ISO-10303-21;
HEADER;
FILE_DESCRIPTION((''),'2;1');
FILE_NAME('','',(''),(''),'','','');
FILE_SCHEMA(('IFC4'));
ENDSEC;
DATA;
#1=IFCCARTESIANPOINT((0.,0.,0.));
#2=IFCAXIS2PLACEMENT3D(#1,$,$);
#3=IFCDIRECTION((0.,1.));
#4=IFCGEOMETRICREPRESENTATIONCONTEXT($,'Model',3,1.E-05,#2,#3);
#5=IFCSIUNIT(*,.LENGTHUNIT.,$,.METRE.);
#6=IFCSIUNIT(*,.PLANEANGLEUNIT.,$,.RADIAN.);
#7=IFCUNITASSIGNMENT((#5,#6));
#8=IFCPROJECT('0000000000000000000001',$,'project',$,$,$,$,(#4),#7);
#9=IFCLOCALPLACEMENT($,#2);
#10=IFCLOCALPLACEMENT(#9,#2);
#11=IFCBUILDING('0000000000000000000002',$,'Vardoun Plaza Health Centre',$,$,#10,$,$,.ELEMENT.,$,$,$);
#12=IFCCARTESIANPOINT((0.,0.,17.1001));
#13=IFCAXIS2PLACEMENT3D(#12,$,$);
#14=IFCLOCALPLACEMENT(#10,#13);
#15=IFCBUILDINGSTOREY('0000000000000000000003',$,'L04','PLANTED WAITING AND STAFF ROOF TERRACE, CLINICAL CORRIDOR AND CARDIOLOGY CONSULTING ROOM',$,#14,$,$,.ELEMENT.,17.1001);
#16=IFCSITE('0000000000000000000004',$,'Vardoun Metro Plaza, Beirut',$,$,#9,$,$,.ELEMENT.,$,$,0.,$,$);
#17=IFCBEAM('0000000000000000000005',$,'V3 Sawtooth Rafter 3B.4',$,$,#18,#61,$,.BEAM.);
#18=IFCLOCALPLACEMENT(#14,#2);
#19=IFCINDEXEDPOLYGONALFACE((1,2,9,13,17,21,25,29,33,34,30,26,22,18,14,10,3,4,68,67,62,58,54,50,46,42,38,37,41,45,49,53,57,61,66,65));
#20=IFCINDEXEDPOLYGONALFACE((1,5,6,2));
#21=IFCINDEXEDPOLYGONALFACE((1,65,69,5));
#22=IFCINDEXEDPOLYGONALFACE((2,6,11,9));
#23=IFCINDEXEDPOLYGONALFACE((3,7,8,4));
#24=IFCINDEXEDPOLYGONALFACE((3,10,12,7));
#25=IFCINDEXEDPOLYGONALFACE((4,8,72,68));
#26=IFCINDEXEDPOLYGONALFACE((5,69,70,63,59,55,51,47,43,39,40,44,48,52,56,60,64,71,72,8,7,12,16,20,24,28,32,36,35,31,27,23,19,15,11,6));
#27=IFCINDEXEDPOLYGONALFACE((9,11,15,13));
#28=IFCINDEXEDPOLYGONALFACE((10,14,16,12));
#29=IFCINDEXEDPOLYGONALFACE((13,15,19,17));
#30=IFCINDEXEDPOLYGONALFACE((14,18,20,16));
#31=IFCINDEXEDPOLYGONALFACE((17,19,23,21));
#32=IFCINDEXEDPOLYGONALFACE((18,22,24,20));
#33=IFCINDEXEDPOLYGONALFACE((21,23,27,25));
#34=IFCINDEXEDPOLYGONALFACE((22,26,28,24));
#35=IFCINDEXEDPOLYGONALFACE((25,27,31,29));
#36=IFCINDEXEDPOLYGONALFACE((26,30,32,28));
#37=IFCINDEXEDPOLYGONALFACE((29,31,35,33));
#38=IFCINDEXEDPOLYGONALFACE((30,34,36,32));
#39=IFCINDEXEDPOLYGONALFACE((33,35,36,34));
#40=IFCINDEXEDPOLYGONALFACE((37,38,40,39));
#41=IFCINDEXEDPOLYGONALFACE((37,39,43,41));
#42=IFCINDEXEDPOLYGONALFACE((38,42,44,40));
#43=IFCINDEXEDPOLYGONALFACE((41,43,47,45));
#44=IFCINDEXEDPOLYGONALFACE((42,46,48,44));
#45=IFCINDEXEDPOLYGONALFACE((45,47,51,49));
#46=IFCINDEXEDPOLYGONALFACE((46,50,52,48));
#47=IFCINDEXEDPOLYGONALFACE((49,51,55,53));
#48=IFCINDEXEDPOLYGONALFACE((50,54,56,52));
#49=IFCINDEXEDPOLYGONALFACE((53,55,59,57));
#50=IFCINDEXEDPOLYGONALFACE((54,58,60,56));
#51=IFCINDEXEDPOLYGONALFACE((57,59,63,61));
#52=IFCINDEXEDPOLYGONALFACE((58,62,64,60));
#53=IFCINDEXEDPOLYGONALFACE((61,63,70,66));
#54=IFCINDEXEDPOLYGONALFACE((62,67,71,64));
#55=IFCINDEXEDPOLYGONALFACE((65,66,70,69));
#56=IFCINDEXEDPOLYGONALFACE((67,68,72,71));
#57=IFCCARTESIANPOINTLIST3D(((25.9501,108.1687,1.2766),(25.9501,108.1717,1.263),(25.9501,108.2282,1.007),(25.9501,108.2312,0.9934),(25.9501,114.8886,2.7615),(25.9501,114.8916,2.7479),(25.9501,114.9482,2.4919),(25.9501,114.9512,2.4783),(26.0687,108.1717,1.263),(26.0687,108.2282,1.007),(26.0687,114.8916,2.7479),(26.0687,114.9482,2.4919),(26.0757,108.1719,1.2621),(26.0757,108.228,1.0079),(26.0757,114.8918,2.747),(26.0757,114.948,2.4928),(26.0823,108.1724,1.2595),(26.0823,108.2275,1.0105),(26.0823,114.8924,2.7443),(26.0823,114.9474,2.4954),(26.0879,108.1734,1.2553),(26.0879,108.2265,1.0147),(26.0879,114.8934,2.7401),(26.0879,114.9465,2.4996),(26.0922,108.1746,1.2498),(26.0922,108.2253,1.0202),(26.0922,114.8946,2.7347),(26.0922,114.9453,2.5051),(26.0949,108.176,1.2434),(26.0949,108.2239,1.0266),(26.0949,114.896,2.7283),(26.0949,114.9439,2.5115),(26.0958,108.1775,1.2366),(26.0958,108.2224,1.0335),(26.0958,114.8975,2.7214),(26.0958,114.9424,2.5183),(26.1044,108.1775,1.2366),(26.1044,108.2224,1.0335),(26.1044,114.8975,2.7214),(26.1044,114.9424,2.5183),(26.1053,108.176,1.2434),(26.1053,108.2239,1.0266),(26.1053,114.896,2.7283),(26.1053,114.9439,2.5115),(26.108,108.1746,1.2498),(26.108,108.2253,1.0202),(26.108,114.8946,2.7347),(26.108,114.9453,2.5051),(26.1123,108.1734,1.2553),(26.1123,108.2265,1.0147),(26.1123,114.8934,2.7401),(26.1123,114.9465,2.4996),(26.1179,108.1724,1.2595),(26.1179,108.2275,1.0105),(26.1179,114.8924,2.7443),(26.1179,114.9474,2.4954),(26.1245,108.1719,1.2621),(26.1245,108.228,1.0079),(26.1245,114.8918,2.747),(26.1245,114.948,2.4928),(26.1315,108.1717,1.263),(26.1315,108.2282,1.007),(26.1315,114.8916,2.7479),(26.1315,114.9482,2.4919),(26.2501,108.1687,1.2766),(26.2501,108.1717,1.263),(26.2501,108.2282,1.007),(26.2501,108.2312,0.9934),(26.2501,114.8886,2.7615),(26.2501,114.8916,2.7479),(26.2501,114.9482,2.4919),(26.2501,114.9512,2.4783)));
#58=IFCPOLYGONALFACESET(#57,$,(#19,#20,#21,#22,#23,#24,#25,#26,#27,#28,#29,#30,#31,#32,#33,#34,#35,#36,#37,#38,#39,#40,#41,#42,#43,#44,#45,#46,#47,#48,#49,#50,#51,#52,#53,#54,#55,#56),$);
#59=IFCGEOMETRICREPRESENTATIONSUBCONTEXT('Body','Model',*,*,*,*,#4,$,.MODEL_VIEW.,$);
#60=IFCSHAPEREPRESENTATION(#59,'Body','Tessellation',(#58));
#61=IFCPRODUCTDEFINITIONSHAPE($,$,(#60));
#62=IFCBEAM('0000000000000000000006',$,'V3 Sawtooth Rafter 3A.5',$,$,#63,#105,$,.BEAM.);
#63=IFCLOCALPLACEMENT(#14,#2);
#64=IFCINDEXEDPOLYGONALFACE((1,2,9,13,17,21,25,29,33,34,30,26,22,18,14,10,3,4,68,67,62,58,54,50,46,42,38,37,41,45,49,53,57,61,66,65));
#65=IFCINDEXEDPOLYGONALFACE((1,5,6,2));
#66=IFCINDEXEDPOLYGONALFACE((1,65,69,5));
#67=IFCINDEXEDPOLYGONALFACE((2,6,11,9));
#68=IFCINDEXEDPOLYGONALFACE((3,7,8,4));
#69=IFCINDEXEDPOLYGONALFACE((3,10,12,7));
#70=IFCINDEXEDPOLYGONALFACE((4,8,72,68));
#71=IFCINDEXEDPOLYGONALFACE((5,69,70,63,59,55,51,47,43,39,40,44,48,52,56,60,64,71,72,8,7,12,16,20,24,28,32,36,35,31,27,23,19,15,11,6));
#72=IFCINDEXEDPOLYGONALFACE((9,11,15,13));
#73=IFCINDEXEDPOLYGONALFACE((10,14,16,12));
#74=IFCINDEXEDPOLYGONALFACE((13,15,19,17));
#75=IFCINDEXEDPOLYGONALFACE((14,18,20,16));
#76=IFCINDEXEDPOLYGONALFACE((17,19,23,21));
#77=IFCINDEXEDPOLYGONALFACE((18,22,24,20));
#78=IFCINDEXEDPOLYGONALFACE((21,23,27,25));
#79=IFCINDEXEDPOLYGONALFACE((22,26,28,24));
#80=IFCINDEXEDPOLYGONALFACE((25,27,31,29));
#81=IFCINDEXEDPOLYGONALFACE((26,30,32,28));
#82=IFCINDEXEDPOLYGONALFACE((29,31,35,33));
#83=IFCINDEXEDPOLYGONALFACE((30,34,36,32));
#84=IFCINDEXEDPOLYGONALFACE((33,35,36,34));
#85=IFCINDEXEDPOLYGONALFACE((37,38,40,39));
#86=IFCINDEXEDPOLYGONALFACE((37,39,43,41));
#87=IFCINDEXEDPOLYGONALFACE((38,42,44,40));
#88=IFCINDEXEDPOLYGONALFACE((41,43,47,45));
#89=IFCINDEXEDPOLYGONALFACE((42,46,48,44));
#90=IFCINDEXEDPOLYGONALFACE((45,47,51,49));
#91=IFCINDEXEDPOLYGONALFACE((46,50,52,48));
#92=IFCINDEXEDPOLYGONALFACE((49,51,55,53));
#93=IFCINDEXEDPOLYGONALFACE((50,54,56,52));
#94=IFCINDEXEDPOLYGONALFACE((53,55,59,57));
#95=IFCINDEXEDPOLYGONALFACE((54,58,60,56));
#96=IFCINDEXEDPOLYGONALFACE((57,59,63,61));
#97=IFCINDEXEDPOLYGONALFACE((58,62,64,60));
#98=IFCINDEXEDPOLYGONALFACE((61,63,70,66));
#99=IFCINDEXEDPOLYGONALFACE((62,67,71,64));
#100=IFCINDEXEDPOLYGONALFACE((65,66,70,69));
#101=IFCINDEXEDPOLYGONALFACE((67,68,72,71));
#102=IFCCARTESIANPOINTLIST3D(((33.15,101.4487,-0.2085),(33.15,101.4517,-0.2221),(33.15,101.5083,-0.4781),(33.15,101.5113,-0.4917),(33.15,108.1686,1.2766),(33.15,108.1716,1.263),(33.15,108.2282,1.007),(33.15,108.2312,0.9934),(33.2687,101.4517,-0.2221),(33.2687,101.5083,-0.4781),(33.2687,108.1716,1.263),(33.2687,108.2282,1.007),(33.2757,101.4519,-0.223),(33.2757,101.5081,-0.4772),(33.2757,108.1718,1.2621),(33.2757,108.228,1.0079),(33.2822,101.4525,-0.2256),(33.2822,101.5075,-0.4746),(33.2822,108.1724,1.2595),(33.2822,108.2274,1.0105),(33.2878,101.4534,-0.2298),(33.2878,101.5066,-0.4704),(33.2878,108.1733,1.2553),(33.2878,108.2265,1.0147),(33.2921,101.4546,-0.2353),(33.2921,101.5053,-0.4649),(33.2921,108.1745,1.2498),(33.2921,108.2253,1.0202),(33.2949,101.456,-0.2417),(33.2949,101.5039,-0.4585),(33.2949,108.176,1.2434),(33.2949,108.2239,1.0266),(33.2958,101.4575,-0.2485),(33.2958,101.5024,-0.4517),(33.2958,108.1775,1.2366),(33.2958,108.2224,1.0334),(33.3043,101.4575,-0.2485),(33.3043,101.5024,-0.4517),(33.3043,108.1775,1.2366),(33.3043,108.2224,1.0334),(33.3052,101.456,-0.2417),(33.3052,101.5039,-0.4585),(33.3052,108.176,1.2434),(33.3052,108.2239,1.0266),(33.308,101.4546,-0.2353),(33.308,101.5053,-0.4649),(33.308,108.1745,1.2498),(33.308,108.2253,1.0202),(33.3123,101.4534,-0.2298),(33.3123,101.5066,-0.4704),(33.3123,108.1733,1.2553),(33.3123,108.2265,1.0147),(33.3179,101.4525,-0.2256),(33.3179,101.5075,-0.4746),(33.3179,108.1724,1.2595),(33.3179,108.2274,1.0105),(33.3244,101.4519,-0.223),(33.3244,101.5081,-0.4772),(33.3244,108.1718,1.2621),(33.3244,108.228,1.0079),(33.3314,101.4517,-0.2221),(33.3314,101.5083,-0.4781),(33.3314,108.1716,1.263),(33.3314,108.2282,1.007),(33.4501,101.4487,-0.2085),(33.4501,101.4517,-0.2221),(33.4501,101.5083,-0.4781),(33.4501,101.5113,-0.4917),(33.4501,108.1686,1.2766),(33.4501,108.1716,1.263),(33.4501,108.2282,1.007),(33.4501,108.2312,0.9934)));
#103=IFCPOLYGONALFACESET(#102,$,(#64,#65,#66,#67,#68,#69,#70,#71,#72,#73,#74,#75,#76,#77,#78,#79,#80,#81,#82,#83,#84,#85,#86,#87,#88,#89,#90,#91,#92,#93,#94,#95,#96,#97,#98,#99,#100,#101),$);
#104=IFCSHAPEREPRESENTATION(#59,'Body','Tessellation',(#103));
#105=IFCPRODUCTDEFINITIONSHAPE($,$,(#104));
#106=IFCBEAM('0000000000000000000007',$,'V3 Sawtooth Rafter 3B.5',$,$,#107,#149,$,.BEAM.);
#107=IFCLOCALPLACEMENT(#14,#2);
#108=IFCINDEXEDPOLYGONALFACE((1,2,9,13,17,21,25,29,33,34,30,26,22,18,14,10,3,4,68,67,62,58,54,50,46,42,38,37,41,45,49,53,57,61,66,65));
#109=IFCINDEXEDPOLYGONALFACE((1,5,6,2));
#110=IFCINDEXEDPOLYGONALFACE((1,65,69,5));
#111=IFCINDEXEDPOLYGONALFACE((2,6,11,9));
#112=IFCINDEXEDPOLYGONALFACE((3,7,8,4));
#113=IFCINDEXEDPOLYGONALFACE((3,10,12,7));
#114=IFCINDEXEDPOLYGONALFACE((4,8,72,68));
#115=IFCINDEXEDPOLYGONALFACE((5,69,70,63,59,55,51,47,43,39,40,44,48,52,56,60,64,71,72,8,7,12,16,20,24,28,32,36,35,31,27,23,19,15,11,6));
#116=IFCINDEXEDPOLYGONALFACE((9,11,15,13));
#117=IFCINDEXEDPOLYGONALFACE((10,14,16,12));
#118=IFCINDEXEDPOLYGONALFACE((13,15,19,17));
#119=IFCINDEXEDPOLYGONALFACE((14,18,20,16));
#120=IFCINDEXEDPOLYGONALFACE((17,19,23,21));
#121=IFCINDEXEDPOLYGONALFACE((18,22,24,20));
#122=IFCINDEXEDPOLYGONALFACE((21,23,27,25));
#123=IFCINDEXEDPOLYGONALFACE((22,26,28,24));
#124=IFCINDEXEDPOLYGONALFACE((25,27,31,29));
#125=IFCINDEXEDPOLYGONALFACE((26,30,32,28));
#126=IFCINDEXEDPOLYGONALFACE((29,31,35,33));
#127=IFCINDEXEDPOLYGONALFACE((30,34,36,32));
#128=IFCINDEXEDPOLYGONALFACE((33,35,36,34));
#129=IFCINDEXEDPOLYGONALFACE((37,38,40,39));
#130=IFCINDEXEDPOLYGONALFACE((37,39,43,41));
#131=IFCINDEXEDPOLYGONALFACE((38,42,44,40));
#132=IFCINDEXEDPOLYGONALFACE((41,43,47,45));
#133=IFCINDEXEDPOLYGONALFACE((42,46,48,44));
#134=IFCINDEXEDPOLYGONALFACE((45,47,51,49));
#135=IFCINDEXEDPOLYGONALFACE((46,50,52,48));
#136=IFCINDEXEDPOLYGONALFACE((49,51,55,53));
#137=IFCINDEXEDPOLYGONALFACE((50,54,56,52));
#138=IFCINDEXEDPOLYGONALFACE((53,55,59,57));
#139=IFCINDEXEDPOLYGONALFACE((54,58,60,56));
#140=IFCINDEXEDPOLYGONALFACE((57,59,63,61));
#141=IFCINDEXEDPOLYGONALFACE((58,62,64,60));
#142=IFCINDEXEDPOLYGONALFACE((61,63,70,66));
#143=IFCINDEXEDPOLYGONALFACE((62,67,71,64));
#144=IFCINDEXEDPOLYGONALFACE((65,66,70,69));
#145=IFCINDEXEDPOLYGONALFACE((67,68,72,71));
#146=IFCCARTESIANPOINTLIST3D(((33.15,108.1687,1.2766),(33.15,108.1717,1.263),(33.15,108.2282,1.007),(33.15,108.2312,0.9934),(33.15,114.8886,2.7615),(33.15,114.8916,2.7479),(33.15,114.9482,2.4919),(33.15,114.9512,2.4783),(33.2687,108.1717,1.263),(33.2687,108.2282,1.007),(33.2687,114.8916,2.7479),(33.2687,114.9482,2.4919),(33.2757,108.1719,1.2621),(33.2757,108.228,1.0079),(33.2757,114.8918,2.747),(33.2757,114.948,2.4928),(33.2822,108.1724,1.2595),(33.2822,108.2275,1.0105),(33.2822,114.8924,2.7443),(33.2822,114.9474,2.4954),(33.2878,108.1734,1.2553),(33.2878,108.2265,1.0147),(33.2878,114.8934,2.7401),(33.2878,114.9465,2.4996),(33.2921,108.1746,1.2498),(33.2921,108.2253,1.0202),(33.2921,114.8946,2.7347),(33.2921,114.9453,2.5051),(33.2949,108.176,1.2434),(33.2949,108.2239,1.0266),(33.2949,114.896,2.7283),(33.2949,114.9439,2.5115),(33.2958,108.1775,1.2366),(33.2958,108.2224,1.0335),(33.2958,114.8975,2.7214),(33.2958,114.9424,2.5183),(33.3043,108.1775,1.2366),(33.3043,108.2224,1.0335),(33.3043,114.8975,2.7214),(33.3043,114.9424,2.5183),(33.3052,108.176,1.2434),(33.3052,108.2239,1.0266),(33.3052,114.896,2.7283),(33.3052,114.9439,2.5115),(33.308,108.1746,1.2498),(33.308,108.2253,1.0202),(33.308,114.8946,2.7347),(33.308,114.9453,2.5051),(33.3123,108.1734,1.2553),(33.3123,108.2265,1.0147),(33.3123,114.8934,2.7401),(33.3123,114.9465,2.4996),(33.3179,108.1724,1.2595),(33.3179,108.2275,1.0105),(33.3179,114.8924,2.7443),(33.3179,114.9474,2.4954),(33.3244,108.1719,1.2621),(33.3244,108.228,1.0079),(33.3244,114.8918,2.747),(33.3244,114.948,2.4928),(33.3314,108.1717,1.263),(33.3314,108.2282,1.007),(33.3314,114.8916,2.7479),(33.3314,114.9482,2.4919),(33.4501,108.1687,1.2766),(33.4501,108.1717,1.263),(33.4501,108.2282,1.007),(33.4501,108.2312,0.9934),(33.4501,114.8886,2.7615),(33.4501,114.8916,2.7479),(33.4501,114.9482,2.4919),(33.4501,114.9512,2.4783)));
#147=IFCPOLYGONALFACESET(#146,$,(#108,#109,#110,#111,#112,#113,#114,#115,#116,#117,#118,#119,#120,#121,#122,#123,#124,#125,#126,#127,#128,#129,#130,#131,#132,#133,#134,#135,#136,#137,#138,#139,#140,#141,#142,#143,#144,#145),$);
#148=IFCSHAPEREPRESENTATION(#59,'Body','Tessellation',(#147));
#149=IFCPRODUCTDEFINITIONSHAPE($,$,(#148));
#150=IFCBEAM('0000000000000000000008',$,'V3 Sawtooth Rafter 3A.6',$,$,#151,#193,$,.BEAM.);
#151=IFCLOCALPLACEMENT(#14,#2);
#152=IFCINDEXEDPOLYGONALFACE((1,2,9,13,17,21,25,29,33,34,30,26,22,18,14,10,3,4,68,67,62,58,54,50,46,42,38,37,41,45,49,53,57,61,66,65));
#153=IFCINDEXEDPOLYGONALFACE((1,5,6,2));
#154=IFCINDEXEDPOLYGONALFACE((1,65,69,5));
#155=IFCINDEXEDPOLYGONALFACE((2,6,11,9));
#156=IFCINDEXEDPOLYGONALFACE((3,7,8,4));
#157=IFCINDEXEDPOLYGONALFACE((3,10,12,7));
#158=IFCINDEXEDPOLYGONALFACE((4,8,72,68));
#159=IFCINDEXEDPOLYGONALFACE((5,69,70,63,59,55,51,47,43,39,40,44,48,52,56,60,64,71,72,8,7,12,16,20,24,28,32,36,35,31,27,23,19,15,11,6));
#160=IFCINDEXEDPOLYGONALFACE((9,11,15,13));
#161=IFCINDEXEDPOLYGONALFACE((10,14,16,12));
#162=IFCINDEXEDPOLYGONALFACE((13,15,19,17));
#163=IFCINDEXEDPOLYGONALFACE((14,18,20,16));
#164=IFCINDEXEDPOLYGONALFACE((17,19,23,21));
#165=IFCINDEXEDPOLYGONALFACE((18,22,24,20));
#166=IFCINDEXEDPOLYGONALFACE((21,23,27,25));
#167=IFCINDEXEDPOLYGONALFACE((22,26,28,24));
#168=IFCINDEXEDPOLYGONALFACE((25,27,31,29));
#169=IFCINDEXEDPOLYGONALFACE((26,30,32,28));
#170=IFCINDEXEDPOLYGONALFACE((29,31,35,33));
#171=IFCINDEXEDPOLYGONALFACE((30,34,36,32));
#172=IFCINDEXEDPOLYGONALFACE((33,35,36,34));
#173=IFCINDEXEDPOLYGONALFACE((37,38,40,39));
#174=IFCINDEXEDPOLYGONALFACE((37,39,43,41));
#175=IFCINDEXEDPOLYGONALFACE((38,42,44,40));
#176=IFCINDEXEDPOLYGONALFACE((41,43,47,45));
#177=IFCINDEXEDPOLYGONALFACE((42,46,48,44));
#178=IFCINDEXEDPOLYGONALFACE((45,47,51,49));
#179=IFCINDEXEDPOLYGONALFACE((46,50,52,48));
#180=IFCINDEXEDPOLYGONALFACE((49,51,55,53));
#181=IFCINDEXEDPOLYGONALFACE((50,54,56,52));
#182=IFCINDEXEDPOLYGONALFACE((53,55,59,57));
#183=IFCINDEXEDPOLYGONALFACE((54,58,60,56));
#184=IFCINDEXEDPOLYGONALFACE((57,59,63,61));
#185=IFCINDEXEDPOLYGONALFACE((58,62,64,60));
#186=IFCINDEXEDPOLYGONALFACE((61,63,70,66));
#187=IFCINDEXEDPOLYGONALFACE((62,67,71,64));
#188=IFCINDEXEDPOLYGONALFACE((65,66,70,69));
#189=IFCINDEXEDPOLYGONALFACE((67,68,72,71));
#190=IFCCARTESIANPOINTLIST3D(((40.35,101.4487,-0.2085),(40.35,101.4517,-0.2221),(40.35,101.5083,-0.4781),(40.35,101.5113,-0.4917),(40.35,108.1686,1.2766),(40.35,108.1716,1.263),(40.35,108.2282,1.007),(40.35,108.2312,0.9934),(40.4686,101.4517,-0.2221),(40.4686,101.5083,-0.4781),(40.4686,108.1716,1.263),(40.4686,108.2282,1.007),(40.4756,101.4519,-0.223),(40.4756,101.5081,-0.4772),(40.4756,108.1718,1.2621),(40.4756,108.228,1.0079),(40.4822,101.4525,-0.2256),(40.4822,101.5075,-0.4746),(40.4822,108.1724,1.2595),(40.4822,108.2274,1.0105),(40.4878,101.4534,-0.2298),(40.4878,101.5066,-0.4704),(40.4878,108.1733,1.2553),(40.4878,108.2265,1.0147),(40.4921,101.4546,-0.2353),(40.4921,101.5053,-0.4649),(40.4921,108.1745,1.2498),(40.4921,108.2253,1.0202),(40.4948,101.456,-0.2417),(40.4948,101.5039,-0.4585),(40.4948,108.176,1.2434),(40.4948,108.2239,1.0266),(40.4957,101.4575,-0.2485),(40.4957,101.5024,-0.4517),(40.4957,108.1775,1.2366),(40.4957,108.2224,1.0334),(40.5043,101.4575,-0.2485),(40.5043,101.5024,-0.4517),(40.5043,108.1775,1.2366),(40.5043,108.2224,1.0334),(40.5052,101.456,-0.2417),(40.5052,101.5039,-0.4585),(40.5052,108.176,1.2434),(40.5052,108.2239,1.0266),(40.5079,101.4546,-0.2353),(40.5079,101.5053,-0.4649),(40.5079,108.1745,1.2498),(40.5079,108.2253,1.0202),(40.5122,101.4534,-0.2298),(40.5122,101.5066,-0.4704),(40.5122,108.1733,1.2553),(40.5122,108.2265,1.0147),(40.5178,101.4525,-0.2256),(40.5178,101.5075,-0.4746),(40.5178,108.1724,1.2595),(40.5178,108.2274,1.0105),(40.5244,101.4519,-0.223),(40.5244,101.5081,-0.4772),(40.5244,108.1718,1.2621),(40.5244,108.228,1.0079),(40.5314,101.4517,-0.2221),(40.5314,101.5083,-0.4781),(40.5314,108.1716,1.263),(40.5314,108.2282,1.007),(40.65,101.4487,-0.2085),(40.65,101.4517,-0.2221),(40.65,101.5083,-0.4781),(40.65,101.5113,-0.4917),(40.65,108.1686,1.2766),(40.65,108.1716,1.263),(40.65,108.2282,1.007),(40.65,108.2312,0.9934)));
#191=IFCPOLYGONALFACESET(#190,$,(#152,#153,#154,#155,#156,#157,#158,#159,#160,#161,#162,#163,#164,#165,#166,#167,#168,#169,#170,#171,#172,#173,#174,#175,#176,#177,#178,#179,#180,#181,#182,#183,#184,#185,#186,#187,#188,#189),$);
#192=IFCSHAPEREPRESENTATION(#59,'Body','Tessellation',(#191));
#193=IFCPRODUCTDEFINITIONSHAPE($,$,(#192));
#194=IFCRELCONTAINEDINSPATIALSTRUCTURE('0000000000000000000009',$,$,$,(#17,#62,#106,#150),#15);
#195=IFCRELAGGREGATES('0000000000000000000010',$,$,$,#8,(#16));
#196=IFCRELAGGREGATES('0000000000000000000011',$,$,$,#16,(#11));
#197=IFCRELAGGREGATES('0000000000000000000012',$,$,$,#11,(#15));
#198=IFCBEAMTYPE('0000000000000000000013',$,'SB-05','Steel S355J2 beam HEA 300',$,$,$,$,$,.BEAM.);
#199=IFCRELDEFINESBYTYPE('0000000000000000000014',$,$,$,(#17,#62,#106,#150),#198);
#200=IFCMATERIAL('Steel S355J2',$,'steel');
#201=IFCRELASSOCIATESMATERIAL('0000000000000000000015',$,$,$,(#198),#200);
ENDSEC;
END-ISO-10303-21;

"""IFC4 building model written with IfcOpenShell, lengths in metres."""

from ifc_helpers import new_model, si_unit, direction, frame, origin, origin_2d, place, context, subcontext, project, spatial, i_section, extrude, material, material_profile, profile_set, type_object, element, save


model = new_model("IFC4")

# Units and contexts
model_context = context("Model", 3, precision=1e-05, world=origin(), true_north=direction((0.0, 1.0)))
body_context = subcontext(model_context, "Body", "Model", "MODEL_VIEW")
ifc_project = project(units=[si_unit("LENGTHUNIT", "METRE"), si_unit("PLANEANGLEUNIT", "RADIAN")], contexts=[model_context])

# Site, building, storey
site_placement = place(None, origin())
site = spatial("IfcSite", under=ifc_project, at=site_placement, Name="Vardoun Metro Plaza, Beirut", CompositionType="ELEMENT", RefElevation=0.0)
building_placement = place(site_placement, origin())
building = spatial("IfcBuilding", under=site, at=building_placement, Name="Vardoun Plaza Health Centre", CompositionType="ELEMENT")
storey_placement = place(building_placement, frame((0.0, 0.0, 17.1001)))
storey = spatial("IfcBuildingStorey", under=building, at=storey_placement, Name="L04", Description="PLANTED WAITING AND STAFF ROOF TERRACE, CLINICAL CORRIDOR AND CARDIOLOGY CONSULTING ROOM", CompositionType="ELEMENT", Elevation=17.1001)

# Beams
ifc_material_1 = material(Name="Steel S355J2", Category="steel")
ifc_material_profile_1 = material_profile(ifc_material_1, i_section(OverallWidth=0.3, OverallDepth=0.29, WebThickness=0.0085, FlangeThickness=0.0139, FilletRadius=0.0271, at=origin_2d()), Name="HEA 300")
ifc_profile_set_1 = profile_set([ifc_material_profile_1], Name="Steel S355J2")
beam_type_1 = type_object("IfcBeamType", Name="SB-05", Description="Steel S355J2 beam HEA 300", PredefinedType="BEAM", material=ifc_profile_set_1)
for number, where, z_axis, x_axis, name in (
    (1, (26.1001, 108.2, 1.135), (0.0, 0.976447, 0.215758), (-1.0, 0.0, 0.0), "V3 Sawtooth Rafter 3B.4"),
    (2, (33.3, 101.48, -0.3501), (0.0, 0.976439, 0.215792), (-1.0, 0.0, 0.0), "V3 Sawtooth Rafter 3A.5"),
    (3, (33.3, 108.2, 1.135), (0.0, 0.976447, 0.215758), (-1.0, 0.0, 0.0), "V3 Sawtooth Rafter 3B.5"),
    (4, (40.5, 101.48, -0.3501), (0.0, 0.976439, 0.215792), (-1.0, 0.0, 0.0), "V3 Sawtooth Rafter 3A.6"),
):
    element("IfcBeam", number, at=place(storey_placement, frame(where, z_axis=z_axis, x_axis=x_axis)), inside=storey, type_object=beam_type_1, Name=name, PredefinedType="BEAM", context=body_context, shape_type="SweptSolid", body=[
        extrude(i_section(OverallWidth=0.3, OverallDepth=0.29, WebThickness=0.0085, FlangeThickness=0.0139, FilletRadius=0.0271, at=origin_2d()), origin(), (0.0, 0.0, 1.0), 6.8821),
    ])

save(model, "model.ifc")
